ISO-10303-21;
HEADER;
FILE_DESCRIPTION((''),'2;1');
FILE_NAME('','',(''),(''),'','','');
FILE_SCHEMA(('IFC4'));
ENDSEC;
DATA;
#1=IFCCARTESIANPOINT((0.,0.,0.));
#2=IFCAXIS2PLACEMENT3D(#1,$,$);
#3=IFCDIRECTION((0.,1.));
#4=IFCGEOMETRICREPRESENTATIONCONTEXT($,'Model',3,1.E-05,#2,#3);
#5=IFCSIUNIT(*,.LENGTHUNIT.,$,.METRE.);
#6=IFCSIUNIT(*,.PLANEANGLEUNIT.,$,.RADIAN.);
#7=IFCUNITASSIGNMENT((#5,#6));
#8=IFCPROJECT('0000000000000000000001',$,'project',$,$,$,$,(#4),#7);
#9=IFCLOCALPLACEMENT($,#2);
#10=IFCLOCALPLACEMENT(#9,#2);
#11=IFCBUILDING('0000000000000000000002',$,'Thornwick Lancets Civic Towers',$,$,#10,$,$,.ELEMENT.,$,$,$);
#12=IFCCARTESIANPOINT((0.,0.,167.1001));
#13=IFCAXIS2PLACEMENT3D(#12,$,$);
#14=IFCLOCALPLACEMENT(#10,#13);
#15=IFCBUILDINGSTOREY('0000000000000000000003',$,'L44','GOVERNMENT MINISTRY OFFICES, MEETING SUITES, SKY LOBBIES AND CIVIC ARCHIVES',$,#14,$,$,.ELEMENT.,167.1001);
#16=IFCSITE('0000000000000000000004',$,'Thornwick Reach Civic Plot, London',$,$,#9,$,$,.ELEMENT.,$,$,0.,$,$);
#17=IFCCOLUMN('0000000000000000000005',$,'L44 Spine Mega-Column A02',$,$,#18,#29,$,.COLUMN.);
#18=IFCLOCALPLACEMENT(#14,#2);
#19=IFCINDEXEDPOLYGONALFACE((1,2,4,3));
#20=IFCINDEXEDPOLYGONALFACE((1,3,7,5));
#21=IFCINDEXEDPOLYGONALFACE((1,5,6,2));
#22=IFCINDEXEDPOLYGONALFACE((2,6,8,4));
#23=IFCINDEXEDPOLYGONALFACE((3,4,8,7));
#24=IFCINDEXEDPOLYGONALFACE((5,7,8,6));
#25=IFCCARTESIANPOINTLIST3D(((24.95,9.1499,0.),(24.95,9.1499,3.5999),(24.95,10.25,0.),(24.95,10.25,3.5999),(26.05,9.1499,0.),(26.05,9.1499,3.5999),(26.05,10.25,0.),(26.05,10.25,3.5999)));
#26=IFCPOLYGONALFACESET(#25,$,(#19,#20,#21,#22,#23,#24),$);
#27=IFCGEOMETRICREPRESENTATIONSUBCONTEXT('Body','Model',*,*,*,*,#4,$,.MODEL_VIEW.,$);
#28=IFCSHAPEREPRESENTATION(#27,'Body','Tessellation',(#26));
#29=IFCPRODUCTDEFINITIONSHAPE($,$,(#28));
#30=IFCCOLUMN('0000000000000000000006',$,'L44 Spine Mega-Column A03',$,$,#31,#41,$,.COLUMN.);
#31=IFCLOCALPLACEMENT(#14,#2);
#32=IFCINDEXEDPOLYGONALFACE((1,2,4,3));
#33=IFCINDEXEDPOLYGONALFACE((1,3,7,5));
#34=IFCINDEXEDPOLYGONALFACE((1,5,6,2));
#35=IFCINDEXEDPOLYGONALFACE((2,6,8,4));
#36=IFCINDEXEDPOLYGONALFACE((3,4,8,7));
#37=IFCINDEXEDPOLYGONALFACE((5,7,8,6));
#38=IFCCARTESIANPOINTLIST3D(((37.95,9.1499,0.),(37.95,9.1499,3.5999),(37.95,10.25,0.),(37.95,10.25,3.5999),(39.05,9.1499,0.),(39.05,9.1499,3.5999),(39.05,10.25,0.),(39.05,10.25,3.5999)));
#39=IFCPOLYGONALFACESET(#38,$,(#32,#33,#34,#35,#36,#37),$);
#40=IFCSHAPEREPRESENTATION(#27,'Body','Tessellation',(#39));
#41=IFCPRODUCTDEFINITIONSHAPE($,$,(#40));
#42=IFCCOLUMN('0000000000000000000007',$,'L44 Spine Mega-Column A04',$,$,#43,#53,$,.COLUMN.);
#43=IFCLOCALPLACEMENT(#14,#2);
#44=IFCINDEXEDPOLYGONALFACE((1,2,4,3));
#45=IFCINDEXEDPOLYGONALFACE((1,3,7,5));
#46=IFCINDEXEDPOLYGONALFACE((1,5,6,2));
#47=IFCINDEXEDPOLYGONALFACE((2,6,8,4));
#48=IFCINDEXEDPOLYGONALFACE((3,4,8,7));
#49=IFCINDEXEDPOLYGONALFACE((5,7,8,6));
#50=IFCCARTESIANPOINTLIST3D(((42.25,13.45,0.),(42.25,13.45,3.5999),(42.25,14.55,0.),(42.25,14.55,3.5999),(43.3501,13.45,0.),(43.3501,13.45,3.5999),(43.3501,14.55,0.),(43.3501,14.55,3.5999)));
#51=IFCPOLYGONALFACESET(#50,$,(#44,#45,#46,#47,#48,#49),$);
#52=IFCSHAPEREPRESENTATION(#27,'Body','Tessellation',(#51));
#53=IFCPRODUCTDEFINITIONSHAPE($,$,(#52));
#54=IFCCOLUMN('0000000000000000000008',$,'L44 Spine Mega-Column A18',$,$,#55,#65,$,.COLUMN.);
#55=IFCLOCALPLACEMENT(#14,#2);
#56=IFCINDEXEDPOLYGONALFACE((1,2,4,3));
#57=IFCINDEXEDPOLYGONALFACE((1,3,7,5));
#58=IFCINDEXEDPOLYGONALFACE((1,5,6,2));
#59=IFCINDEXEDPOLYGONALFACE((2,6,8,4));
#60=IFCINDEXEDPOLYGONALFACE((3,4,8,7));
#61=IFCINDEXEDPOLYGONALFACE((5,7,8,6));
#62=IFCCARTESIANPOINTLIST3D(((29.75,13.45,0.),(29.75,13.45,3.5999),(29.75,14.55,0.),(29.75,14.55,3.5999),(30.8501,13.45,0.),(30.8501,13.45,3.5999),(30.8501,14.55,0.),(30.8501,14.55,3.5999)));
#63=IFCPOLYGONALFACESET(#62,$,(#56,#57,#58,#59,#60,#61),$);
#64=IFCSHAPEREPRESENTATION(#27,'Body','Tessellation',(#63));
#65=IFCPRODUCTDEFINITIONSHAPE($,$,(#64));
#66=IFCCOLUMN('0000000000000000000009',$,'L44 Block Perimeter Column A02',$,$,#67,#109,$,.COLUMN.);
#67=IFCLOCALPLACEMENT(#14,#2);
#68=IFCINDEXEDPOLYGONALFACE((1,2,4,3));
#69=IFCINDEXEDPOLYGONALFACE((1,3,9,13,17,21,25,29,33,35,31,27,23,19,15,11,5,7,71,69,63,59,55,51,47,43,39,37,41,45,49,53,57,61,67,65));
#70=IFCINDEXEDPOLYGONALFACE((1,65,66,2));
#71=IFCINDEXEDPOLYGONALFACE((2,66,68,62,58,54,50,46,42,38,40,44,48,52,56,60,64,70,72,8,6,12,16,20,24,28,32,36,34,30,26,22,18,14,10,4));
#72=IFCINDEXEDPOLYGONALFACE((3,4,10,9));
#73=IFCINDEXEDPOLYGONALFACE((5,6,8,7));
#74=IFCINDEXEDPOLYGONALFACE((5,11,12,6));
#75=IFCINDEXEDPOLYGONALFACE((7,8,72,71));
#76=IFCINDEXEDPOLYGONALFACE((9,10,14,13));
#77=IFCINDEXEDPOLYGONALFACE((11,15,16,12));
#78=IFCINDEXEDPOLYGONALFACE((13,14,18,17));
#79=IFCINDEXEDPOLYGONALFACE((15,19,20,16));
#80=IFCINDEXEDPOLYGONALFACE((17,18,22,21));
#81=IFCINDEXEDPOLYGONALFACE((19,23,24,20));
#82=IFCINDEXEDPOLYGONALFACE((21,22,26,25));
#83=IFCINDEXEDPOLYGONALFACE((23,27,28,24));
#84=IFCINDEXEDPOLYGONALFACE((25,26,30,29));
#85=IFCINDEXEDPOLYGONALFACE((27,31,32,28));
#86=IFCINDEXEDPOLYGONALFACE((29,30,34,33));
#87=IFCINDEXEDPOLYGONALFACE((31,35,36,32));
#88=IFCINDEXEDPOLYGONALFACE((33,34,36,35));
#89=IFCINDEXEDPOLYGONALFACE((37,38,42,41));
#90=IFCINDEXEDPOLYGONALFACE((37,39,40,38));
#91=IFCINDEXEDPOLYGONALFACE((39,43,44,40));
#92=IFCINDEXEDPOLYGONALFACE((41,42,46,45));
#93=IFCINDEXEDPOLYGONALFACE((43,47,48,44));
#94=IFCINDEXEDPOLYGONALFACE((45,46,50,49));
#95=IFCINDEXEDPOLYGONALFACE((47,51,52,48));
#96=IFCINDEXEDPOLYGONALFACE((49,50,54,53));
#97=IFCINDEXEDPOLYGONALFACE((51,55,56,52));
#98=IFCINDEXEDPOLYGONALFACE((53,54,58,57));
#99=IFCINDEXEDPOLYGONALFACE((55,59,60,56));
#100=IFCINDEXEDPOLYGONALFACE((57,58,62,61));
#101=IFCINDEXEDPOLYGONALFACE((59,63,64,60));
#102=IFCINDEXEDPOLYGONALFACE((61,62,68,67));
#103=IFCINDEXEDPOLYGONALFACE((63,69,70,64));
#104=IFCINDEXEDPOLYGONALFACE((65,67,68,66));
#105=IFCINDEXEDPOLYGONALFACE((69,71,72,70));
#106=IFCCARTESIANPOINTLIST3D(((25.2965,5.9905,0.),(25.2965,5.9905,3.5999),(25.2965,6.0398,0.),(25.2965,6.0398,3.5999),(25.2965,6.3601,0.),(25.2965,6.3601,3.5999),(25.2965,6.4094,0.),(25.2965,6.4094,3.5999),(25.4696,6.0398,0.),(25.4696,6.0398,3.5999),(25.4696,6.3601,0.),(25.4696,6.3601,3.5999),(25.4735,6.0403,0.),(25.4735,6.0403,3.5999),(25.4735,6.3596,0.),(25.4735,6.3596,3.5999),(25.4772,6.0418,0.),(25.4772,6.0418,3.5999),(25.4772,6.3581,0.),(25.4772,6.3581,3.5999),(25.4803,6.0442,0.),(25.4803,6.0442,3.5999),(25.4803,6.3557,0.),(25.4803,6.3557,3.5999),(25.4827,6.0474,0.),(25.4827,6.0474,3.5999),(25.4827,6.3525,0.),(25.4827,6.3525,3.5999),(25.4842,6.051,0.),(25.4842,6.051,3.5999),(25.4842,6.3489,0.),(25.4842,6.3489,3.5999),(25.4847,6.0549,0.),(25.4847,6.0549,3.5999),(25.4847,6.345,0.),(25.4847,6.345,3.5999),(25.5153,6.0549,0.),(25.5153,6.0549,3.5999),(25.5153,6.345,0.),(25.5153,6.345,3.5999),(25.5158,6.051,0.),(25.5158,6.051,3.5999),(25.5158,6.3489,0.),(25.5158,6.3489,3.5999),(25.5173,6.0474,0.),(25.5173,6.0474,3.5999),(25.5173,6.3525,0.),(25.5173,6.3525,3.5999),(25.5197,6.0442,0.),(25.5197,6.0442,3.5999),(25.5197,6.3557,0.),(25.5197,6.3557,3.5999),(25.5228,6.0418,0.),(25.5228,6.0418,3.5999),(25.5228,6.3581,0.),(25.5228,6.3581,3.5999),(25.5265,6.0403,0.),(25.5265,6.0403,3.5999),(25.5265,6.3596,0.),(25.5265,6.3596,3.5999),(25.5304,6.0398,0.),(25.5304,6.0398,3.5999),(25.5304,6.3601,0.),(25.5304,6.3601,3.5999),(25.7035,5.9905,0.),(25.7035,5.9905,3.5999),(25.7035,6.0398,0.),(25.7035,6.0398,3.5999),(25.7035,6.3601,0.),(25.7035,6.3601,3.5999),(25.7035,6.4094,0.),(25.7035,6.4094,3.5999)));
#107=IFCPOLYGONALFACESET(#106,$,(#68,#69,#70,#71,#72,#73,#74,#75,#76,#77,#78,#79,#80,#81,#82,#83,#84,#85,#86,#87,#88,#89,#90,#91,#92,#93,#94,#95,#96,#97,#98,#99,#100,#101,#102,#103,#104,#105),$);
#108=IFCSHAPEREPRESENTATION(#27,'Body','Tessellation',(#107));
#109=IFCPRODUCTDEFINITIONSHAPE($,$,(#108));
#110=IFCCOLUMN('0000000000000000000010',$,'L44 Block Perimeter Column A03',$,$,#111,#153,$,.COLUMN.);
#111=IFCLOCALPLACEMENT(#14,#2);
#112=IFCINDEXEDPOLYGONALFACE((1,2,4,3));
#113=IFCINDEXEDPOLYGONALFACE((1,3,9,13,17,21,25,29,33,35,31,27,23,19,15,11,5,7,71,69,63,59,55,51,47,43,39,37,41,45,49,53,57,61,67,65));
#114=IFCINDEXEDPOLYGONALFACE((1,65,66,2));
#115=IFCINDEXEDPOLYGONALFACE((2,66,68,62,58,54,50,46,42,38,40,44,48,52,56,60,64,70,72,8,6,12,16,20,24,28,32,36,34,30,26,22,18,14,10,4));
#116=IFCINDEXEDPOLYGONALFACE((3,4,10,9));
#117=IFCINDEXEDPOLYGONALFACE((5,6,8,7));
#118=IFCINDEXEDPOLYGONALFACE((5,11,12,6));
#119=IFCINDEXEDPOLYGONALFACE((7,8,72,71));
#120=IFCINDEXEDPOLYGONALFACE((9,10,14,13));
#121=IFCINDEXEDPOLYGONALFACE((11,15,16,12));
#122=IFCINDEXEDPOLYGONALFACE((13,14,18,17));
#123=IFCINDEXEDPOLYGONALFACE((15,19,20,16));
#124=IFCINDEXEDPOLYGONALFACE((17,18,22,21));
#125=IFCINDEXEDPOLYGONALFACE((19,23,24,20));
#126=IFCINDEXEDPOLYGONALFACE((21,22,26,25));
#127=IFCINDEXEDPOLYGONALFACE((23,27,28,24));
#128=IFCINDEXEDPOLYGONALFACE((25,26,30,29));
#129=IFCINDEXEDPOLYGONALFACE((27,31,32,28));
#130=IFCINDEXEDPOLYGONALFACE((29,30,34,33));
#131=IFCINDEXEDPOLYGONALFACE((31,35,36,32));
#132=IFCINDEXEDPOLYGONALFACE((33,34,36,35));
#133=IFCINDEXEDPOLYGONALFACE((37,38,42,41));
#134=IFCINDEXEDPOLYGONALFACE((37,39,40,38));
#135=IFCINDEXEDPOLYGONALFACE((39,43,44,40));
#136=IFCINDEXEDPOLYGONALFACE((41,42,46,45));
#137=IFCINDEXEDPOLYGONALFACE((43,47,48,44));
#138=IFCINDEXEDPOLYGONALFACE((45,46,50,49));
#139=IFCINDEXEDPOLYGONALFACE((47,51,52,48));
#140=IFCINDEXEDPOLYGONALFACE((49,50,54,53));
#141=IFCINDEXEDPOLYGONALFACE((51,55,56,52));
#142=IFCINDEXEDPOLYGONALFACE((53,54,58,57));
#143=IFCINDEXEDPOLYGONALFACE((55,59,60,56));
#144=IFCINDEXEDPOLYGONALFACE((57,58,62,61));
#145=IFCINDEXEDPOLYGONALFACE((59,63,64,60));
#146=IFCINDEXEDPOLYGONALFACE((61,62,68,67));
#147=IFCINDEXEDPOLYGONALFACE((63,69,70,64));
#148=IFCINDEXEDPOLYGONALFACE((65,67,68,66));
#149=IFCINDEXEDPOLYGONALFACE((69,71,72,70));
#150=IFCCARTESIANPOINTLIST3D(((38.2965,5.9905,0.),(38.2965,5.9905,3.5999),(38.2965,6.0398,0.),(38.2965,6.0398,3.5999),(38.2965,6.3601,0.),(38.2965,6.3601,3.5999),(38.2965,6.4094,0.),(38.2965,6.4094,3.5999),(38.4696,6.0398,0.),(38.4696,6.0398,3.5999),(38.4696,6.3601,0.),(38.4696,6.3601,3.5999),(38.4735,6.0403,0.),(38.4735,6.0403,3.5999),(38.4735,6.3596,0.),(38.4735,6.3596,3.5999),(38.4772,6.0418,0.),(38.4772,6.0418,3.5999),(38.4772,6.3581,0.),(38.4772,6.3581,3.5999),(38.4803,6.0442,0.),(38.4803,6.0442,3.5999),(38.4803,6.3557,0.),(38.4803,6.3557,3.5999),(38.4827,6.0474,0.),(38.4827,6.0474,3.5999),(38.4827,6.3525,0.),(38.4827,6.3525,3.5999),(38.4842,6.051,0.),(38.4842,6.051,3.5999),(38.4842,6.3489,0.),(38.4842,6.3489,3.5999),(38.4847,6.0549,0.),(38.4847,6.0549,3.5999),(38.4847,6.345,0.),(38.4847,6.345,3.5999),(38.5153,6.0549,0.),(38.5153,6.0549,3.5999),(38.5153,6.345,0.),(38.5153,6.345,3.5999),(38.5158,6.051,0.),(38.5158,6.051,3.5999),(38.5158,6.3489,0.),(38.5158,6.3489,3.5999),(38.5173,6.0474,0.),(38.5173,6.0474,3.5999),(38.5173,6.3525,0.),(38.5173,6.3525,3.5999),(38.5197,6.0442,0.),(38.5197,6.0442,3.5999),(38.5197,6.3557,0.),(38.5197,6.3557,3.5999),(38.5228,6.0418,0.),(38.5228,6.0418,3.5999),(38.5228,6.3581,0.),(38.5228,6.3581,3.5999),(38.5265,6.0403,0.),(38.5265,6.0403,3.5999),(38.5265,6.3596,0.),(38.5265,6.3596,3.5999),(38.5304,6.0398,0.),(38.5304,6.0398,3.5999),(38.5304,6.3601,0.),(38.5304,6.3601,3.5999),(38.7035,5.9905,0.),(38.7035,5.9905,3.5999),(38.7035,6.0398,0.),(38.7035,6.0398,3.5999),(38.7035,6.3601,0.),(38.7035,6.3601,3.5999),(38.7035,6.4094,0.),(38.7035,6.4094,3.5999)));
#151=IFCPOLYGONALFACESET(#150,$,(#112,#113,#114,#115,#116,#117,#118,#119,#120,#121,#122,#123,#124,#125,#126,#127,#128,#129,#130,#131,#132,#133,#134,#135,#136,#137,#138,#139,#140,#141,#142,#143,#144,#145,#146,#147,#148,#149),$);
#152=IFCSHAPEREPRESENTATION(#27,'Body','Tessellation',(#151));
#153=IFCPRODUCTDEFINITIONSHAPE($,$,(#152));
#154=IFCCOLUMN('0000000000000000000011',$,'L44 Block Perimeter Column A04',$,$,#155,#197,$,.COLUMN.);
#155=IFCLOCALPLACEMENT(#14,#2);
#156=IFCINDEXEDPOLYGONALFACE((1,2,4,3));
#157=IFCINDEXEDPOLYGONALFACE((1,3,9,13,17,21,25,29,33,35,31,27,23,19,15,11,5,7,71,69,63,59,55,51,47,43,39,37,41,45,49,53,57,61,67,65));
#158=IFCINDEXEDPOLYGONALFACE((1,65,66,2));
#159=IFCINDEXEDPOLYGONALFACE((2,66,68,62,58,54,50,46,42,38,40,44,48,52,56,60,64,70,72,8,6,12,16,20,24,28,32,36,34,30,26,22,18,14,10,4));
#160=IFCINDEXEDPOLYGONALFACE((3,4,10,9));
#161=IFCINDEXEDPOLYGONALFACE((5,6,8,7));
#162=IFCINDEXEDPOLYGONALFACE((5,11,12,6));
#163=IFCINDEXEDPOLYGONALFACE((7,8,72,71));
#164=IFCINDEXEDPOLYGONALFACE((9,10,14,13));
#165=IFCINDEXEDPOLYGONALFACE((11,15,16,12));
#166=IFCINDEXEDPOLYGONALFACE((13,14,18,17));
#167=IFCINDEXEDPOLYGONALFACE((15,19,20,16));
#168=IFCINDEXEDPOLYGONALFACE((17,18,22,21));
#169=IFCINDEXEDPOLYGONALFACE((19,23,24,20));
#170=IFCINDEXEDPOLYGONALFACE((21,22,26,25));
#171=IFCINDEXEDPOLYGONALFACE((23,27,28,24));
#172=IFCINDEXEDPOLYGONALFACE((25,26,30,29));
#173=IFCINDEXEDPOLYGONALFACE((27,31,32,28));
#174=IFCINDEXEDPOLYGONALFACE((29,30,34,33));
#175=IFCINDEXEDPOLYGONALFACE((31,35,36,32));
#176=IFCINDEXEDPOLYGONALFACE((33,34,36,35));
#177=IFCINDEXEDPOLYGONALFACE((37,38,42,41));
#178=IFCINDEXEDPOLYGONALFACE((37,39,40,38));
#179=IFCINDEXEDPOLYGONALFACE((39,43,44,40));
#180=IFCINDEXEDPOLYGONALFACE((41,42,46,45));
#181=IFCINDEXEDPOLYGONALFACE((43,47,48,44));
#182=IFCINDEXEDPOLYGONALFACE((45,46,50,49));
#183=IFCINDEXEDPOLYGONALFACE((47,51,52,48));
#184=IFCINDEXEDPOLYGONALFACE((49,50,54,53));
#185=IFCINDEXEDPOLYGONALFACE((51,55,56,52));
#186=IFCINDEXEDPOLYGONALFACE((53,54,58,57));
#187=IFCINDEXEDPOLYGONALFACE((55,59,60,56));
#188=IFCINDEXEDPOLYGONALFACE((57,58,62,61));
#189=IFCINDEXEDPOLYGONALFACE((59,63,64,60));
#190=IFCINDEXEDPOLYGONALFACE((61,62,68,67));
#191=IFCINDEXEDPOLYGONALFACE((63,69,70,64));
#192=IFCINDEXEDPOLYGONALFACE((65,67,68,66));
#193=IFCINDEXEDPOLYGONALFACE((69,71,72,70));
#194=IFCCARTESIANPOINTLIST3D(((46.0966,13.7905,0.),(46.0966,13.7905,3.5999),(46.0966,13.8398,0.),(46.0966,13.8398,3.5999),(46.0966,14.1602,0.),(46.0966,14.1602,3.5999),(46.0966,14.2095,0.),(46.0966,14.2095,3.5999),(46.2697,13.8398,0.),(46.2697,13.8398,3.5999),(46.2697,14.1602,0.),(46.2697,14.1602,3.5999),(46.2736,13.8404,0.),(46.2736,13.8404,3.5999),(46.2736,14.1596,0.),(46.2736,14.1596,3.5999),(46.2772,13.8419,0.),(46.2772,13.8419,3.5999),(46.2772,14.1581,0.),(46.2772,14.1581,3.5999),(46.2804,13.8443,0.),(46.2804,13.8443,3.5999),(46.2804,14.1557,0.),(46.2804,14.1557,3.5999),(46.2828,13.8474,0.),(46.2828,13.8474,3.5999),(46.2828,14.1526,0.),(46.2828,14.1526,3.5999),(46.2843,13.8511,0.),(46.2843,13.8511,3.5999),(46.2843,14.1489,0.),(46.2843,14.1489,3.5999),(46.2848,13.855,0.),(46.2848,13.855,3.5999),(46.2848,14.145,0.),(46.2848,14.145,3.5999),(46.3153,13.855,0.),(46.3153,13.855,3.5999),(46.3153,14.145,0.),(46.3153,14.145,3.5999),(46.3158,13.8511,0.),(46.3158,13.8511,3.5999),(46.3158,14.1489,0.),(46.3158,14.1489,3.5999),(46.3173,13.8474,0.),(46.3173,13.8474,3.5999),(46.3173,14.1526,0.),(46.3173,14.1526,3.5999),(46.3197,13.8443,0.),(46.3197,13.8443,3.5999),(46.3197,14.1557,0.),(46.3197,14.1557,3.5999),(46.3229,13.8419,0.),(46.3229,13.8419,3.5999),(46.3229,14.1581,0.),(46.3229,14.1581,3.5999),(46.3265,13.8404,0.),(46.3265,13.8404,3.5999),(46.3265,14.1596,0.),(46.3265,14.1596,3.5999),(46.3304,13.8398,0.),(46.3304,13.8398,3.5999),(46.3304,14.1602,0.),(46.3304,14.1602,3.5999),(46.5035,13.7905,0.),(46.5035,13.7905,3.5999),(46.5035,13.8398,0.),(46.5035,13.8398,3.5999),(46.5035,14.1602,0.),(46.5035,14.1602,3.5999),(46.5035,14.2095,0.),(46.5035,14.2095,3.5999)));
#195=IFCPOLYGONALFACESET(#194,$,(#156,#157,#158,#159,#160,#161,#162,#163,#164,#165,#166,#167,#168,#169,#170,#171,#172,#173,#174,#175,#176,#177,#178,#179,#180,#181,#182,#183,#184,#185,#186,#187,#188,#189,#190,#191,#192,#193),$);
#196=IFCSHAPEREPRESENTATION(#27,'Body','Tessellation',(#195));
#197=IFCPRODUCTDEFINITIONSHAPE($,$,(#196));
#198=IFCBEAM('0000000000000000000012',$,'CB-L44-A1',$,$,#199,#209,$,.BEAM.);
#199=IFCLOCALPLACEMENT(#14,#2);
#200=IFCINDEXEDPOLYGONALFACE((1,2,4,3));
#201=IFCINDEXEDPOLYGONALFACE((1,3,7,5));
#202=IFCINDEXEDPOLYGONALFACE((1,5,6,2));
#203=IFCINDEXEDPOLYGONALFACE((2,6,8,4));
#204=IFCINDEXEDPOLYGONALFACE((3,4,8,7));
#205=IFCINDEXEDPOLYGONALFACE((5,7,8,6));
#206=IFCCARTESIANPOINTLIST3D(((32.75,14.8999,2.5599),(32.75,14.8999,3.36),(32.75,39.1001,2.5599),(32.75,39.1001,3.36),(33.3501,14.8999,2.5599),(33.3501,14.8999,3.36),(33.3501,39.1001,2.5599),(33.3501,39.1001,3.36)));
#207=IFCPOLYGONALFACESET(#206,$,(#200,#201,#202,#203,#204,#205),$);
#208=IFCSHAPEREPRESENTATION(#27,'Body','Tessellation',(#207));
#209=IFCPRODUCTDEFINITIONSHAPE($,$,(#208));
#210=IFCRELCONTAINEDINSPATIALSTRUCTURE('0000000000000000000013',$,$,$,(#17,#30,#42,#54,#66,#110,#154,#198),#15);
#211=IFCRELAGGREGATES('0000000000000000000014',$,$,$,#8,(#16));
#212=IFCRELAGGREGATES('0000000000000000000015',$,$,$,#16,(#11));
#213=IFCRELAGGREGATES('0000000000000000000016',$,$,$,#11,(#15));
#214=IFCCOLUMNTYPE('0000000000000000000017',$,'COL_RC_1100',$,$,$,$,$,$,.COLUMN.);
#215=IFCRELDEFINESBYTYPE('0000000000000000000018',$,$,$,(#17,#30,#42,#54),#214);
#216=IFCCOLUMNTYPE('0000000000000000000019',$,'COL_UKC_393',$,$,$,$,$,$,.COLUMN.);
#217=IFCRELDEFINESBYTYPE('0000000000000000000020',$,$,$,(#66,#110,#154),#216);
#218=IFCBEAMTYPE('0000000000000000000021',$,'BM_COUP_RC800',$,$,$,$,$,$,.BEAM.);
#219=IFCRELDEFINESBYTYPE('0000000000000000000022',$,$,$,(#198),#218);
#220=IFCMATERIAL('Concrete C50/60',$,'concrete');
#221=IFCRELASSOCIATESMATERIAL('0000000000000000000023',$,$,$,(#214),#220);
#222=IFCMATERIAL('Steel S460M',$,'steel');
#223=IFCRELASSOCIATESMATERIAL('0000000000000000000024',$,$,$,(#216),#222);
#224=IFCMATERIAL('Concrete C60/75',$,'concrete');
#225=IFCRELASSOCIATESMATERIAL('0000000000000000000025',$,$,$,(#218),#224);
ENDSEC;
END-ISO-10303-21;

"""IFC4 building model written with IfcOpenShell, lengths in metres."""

from ifc_helpers import new_model, si_unit, direction, frame, origin, origin_2d, place, context, subcontext, project, spatial, rectangle, i_section, extrude, material, material_profile, profile_set, type_object, element, save


model = new_model("IFC4")

# Units and contexts
model_context = context("Model", 3, precision=1e-05, world=origin(), true_north=direction((0.0, 1.0)))
body_context = subcontext(model_context, "Body", "Model", "MODEL_VIEW")
ifc_project = project(units=[si_unit("LENGTHUNIT", "METRE"), si_unit("PLANEANGLEUNIT", "RADIAN")], contexts=[model_context])

# Site, building, storey
site_placement = place(None, origin())
site = spatial("IfcSite", under=ifc_project, at=site_placement, Name="Thornwick Reach Civic Plot, London", CompositionType="ELEMENT", RefElevation=0.0)
building_placement = place(site_placement, origin())
building = spatial("IfcBuilding", under=site, at=building_placement, Name="Thornwick Lancets Civic Towers", CompositionType="ELEMENT")
storey_placement = place(building_placement, frame((0.0, 0.0, 167.1001)))
storey = spatial("IfcBuildingStorey", under=building, at=storey_placement, Name="L44", Description="GOVERNMENT MINISTRY OFFICES, MEETING SUITES, SKY LOBBIES AND CIVIC ARCHIVES", CompositionType="ELEMENT", Elevation=167.1001)

# Columns
ifc_material_1 = material(Name="Concrete C50/60", Category="concrete")
ifc_material_profile_1 = material_profile(ifc_material_1, rectangle(XDim=1.1001, YDim=1.1001, at=origin_2d()), Name="RC 1100x1100")
ifc_profile_set_1 = profile_set([ifc_material_profile_1], Name="Concrete C50/60")
column_type_1 = type_object("IfcColumnType", Name="COL_RC_1100", PredefinedType="COLUMN", material=ifc_profile_set_1)
for number, where, z_axis, x_axis, name in (
    (1, (25.5, 9.7, 0.0), (0.0, 0.0, 1.0), (1.0, 0.0, 0.0), "L44 Spine Mega-Column A02"),
    (2, (38.5, 9.7, 0.0), (0.0, 0.0, 1.0), (1.0, 0.0, 0.0), "L44 Spine Mega-Column A03"),
    (3, (42.8, 14.0, 0.0), (0.0, 0.0, 1.0), (1.0, 0.0, 0.0), "L44 Spine Mega-Column A04"),
    (4, (30.3, 14.0, 0.0), (0.0, 0.0, 1.0), (1.0, 0.0, 0.0), "L44 Spine Mega-Column A18"),
):
    element("IfcColumn", number, at=place(storey_placement, frame(where, z_axis=z_axis, x_axis=x_axis)), inside=storey, type_object=column_type_1, Name=name, PredefinedType="COLUMN", context=body_context, shape_type="SweptSolid", body=[
        extrude(rectangle(XDim=1.1001, YDim=1.1001, at=origin_2d()), origin(), (0.0, 0.0, 1.0), 3.5999),
    ])
ifc_material_2 = material(Name="Steel S460M", Category="steel")
ifc_material_profile_2 = material_profile(ifc_material_2, i_section(OverallWidth=0.407, OverallDepth=0.4189, WebThickness=0.0305, FlangeThickness=0.0493, FilletRadius=0.0151, at=origin_2d()), Name="UKC 356x406x393")
ifc_profile_set_2 = profile_set([ifc_material_profile_2], Name="Steel S460M")
column_type_2 = type_object("IfcColumnType", Name="COL_UKC_393", PredefinedType="COLUMN", material=ifc_profile_set_2)
for number, where, z_axis, x_axis, name in (
    (5, (25.5, 6.2, 0.0), (0.0, 0.0, 1.0), (1.0, 0.0, 0.0), "L44 Block Perimeter Column A02"),
    (6, (38.5, 6.2, 0.0), (0.0, 0.0, 1.0), (1.0, 0.0, 0.0), "L44 Block Perimeter Column A03"),
    (7, (46.3, 14.0, 0.0), (0.0, 0.0, 1.0), (1.0, 0.0, 0.0), "L44 Block Perimeter Column A04"),
):
    element("IfcColumn", number, at=place(storey_placement, frame(where, z_axis=z_axis, x_axis=x_axis)), inside=storey, type_object=column_type_2, Name=name, PredefinedType="COLUMN", context=body_context, shape_type="SweptSolid", body=[
        extrude(i_section(OverallWidth=0.407, OverallDepth=0.4189, WebThickness=0.0305, FlangeThickness=0.0493, FilletRadius=0.0151, at=origin_2d()), origin(), (0.0, 0.0, 1.0), 3.5999),
    ])

# Beam
ifc_material_3 = material(Name="Concrete C60/75", Category="concrete")
ifc_material_profile_3 = material_profile(ifc_material_3, rectangle(XDim=0.6001, YDim=0.8, at=origin_2d()), Name="RC 600x800")
ifc_profile_set_3 = profile_set([ifc_material_profile_3], Name="Concrete C60/75")
beam_type_1 = type_object("IfcBeamType", Name="BM_COUP_RC800", PredefinedType="BEAM", material=ifc_profile_set_3)
beam_1_placement = place(storey_placement, frame((33.05, 14.8999, 2.96), z_axis=(0.0, 1.0, 0.0), x_axis=(-1.0, 0.0, 0.0)))
element("IfcBeam", 8, at=beam_1_placement, inside=storey, type_object=beam_type_1, Name="CB-L44-A1", PredefinedType="BEAM", context=body_context, shape_type="SweptSolid", body=[
    extrude(rectangle(XDim=0.6001, YDim=0.8, at=origin_2d()), origin(), (0.0, 0.0, 1.0), 24.2002),
])

save(model, "model.ifc")
